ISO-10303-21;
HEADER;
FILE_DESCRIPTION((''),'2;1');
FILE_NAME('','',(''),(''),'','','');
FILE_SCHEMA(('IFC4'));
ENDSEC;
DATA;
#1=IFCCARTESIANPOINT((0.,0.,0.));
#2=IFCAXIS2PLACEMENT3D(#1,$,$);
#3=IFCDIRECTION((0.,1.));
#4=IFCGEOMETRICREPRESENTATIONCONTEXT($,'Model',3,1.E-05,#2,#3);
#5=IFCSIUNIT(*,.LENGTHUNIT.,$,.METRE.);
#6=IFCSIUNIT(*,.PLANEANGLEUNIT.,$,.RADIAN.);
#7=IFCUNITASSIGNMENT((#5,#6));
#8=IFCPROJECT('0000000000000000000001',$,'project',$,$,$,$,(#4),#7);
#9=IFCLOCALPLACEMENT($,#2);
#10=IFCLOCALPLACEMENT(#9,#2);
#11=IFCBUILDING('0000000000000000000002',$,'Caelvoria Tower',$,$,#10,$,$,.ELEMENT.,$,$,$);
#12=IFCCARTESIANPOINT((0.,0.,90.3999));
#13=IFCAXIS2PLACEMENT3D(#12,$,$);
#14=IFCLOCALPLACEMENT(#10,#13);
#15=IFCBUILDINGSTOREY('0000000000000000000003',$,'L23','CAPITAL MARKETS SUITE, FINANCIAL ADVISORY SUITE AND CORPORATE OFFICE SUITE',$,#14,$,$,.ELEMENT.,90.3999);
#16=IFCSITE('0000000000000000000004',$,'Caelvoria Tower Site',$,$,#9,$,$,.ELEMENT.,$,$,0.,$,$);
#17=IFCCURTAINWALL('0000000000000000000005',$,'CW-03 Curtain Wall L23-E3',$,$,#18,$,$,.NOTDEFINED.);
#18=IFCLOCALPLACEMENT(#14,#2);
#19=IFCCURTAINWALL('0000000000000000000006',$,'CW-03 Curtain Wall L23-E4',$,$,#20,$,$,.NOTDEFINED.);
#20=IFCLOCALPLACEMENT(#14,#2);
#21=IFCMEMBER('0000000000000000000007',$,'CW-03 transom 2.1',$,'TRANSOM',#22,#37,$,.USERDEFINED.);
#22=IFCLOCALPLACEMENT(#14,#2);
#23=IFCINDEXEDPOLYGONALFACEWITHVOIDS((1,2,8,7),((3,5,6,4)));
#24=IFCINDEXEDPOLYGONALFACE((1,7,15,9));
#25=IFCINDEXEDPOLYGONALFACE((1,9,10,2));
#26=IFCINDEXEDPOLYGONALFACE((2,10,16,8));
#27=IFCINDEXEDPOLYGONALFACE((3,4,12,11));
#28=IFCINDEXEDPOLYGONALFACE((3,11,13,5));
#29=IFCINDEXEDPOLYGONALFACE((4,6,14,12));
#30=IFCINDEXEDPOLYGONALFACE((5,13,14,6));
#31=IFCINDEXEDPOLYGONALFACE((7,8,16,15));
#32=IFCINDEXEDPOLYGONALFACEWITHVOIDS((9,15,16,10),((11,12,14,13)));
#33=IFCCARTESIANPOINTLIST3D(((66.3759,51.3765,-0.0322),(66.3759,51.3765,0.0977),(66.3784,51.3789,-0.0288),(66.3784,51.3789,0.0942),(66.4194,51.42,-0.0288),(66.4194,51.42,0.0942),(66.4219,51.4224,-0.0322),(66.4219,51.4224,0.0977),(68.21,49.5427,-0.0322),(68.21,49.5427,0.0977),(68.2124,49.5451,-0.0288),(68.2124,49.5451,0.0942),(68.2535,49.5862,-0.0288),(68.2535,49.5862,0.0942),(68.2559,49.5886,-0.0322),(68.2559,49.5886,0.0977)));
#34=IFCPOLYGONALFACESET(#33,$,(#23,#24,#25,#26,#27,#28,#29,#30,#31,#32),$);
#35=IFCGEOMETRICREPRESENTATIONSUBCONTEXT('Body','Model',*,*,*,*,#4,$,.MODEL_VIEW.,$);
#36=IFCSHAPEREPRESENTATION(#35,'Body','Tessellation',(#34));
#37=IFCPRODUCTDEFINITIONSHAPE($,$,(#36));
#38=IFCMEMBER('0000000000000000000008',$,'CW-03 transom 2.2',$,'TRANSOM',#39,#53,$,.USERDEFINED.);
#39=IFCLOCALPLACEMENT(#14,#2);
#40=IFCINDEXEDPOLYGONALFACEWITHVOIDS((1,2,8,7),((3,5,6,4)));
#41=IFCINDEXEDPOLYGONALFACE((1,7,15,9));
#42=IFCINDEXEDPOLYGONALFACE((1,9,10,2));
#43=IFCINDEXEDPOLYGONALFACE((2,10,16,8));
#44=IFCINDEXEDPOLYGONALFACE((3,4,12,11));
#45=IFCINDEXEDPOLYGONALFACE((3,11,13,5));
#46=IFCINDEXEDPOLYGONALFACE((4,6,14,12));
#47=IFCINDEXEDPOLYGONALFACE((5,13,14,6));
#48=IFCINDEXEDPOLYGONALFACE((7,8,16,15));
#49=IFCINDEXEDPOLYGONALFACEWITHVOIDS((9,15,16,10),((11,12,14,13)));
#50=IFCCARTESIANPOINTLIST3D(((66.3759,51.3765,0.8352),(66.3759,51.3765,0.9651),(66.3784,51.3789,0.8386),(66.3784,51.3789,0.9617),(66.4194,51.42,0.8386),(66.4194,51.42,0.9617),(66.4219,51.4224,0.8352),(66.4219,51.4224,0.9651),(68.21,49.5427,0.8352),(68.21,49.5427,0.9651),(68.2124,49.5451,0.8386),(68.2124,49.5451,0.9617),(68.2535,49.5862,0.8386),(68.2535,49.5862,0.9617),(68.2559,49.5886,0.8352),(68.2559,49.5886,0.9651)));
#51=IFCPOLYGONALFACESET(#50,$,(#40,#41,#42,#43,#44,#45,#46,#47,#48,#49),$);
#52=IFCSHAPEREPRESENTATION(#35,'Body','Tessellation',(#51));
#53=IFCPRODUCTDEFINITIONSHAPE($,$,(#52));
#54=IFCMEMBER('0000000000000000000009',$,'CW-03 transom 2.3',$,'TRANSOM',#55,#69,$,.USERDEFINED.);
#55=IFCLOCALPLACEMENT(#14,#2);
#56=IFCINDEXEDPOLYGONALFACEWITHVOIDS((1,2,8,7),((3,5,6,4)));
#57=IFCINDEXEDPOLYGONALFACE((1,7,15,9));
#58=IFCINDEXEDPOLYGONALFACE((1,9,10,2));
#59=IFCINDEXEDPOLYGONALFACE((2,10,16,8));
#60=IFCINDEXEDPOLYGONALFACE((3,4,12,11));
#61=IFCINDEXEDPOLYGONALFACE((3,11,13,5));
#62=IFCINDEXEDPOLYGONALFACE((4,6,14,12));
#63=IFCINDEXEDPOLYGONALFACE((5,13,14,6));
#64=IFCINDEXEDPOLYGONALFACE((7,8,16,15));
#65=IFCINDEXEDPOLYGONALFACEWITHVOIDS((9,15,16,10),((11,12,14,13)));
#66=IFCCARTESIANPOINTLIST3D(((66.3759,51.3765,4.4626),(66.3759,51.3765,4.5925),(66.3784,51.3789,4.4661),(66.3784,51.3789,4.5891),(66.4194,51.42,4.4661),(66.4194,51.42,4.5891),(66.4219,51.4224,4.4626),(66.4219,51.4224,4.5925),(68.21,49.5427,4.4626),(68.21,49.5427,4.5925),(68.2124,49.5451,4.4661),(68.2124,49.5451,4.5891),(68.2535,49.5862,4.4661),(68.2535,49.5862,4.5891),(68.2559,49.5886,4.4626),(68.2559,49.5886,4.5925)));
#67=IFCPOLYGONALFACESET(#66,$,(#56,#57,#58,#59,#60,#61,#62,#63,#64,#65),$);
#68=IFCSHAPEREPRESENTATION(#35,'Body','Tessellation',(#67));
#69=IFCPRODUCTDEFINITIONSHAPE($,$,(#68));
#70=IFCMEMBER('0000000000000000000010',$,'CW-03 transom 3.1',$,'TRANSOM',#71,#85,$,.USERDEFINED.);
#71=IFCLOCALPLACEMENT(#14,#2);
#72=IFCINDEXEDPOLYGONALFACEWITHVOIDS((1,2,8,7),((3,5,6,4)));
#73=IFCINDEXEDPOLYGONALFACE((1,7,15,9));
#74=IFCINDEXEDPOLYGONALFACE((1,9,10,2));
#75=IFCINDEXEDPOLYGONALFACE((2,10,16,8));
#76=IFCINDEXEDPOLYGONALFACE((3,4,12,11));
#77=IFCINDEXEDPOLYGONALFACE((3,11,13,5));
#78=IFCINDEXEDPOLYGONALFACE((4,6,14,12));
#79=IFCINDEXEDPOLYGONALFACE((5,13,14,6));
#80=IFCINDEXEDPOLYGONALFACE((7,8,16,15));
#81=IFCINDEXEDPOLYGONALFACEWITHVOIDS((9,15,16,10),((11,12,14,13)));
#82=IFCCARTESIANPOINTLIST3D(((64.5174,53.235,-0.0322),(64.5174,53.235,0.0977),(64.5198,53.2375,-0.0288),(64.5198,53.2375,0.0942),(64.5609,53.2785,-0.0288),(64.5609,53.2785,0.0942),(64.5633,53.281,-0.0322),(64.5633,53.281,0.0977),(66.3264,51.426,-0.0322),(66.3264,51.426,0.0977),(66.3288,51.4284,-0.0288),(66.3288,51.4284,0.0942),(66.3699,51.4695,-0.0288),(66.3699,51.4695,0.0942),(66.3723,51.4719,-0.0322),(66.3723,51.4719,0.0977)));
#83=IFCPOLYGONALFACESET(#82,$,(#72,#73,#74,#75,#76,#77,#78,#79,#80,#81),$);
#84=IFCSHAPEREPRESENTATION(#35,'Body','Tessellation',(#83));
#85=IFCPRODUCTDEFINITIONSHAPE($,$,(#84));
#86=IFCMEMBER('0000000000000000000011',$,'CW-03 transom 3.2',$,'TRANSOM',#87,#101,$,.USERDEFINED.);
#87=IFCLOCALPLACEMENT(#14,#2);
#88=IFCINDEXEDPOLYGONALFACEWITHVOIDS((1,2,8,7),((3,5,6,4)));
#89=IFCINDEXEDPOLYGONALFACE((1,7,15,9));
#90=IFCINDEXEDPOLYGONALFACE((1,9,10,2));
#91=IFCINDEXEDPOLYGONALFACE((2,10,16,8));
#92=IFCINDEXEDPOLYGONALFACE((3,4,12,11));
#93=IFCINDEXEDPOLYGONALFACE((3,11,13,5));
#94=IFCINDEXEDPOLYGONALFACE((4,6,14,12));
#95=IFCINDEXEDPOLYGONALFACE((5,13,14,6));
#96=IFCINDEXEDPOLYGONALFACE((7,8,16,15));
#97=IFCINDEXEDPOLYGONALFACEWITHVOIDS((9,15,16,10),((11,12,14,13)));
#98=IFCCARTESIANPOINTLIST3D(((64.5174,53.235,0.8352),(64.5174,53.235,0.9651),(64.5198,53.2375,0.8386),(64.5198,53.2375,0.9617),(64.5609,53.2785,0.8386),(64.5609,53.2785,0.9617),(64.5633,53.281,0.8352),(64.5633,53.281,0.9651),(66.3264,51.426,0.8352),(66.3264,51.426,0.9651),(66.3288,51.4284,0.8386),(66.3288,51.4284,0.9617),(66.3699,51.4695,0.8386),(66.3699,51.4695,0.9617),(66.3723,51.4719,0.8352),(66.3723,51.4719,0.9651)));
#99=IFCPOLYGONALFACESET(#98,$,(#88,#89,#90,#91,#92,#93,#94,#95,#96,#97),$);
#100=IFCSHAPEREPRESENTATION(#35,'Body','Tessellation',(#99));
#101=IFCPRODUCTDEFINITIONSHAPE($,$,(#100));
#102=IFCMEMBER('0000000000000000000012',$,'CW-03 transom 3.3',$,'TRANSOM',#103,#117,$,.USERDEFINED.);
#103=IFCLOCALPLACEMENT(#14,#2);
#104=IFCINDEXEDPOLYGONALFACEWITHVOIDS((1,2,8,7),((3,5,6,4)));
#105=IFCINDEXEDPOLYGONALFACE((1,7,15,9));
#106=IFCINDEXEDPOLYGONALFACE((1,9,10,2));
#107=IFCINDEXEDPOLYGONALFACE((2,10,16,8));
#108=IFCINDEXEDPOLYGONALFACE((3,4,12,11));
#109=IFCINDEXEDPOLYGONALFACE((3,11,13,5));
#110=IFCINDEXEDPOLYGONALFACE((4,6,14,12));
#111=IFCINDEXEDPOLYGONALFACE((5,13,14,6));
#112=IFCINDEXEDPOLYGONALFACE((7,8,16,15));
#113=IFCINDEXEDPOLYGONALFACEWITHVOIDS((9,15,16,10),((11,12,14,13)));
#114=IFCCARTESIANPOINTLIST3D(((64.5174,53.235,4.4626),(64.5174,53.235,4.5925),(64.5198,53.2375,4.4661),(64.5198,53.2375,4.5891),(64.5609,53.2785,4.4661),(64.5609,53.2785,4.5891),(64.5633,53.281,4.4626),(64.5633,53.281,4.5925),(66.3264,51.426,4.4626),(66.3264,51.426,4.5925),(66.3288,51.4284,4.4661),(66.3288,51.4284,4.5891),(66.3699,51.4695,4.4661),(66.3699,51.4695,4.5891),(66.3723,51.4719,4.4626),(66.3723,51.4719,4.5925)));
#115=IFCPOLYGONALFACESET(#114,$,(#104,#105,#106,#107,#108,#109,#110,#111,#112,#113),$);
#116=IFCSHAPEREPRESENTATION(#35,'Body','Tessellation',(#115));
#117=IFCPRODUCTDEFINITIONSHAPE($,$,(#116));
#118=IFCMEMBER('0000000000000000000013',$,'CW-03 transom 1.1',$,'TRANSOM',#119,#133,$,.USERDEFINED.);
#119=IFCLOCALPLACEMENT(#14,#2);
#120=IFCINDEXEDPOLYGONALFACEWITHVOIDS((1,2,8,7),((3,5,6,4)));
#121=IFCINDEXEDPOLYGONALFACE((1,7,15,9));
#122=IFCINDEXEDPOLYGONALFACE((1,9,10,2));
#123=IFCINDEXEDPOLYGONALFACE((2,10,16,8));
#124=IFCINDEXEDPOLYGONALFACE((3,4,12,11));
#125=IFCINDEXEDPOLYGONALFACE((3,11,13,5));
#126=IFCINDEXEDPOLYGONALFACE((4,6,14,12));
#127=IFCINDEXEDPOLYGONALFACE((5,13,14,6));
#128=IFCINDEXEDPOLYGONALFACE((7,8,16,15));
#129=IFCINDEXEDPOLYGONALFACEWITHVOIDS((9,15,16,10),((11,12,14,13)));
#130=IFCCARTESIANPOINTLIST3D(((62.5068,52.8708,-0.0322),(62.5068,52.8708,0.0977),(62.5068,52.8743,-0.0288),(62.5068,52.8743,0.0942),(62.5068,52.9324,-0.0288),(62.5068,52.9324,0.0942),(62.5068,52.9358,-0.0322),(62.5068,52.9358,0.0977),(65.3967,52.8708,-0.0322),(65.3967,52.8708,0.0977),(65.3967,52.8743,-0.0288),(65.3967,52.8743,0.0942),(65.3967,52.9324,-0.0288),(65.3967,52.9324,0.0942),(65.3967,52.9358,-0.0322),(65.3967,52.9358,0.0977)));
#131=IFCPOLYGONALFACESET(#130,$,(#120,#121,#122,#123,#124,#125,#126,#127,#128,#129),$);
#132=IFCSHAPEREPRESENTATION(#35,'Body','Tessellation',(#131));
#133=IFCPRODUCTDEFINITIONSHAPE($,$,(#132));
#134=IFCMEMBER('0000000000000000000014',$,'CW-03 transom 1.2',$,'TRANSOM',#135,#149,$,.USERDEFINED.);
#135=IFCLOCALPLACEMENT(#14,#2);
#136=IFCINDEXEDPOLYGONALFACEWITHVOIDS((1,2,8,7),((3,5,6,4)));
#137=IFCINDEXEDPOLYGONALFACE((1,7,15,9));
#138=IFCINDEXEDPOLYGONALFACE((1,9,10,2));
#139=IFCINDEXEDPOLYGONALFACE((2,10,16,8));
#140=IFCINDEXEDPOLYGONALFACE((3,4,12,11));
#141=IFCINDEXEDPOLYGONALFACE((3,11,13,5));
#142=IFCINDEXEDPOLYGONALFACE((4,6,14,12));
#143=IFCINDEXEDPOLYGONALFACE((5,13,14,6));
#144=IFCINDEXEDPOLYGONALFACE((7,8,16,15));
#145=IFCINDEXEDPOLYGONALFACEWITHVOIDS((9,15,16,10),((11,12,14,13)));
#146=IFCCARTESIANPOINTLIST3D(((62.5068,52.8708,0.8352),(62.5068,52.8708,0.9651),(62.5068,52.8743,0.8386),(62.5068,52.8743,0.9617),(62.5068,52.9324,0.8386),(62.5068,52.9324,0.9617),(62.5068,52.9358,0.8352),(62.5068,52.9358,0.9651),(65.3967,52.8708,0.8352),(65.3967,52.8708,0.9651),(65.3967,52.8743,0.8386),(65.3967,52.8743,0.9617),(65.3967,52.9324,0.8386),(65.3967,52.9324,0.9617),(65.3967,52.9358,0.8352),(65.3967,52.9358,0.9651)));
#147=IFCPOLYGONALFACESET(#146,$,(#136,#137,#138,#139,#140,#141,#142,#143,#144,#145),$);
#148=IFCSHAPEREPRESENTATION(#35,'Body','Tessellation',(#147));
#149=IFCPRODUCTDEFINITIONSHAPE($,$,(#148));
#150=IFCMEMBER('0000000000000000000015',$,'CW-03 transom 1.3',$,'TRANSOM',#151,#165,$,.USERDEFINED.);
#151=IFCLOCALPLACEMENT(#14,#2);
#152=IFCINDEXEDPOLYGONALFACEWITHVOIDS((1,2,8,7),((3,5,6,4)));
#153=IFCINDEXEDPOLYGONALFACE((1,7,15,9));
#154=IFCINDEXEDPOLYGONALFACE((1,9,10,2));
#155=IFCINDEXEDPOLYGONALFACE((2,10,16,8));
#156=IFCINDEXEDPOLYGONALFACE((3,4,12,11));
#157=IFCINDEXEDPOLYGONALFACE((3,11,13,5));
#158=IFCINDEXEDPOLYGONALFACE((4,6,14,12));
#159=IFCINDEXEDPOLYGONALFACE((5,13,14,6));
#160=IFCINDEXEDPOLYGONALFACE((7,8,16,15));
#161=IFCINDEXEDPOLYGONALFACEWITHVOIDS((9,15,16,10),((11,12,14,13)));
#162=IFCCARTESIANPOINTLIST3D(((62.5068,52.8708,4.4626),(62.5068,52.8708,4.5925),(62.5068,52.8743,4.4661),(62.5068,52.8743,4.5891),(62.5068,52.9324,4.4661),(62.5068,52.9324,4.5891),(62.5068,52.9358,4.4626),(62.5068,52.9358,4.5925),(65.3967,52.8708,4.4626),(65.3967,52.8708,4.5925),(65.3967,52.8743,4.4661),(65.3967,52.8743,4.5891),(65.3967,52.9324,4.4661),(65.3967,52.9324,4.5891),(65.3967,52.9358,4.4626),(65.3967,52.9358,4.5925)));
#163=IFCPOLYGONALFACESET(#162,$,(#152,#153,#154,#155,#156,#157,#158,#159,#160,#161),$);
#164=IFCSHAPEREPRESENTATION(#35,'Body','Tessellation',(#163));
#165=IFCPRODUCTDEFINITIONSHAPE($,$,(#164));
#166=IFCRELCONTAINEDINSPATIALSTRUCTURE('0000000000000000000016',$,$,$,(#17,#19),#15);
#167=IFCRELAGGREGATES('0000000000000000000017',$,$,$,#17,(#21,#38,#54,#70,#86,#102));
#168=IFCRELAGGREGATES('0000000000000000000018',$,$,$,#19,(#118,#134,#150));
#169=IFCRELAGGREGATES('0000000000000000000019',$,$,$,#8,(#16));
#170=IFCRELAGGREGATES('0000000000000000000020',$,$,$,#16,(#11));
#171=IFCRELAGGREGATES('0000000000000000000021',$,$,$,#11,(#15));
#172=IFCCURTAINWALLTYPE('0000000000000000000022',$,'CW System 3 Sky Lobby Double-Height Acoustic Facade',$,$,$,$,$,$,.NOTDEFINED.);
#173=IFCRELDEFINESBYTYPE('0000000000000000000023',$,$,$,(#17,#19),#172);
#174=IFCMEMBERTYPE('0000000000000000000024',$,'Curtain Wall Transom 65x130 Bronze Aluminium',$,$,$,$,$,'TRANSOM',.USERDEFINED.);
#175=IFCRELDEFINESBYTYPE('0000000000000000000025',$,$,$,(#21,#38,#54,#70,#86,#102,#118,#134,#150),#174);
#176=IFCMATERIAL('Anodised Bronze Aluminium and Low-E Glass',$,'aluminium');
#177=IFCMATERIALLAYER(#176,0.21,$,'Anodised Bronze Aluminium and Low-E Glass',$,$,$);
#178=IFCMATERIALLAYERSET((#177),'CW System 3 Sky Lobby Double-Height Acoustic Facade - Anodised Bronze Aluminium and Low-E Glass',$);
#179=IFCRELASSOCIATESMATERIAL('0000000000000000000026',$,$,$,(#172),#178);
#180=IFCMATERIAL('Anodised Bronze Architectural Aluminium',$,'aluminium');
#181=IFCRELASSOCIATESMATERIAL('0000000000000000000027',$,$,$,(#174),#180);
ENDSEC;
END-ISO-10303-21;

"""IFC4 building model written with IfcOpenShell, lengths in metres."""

from ifc_helpers import new_model, si_unit, direction, frame, origin, origin_2d, place, context, subcontext, project, spatial, hollow_rectangle, extrude, material, layer, layer_set, material_profile, profile_set, type_object, element, aggregate, save


model = new_model("IFC4")

# Units and contexts
model_context = context("Model", 3, precision=1e-05, world=origin(), true_north=direction((0.0, 1.0)))
body_context = subcontext(model_context, "Body", "Model", "MODEL_VIEW")
ifc_project = project(units=[si_unit("LENGTHUNIT", "METRE"), si_unit("PLANEANGLEUNIT", "RADIAN")], contexts=[model_context])

# Site, building, storey
site_placement = place(None, origin())
site = spatial("IfcSite", under=ifc_project, at=site_placement, Name="Caelvoria Tower Site", CompositionType="ELEMENT", RefElevation=0.0)
building_placement = place(site_placement, origin())
building = spatial("IfcBuilding", under=site, at=building_placement, Name="Caelvoria Tower", CompositionType="ELEMENT")
storey_placement = place(building_placement, frame((0.0, 0.0, 90.3999)))
storey = spatial("IfcBuildingStorey", under=building, at=storey_placement, Name="L23", Description="CAPITAL MARKETS SUITE, FINANCIAL ADVISORY SUITE AND CORPORATE OFFICE SUITE", CompositionType="ELEMENT", Elevation=90.3999)

# Shared definitions
ifc_material_1 = material(Name="Anodised Bronze Aluminium and Low-E Glass", Category="aluminium")
ifc_layer_1 = layer(ifc_material_1, 0.21, Name="Anodised Bronze Aluminium and Low-E Glass")
ifc_layer_set_1 = layer_set([ifc_layer_1], Name="CW System 3 Sky Lobby Double-Height Acoustic Facade - Anodised Bronze Aluminium and Low-E Glass")
curtain_wall_type = type_object("IfcCurtainWallType", Name="CW System 3 Sky Lobby Double-Height Acoustic Facade", PredefinedType="NOTDEFINED", material=ifc_layer_set_1)
ifc_material_2 = material(Name="Anodised Bronze Architectural Aluminium", Category="aluminium")

# Curtain wall
curtain_wall_1_placement = place(storey_placement, origin())
curtain_wall_1 = element("IfcCurtainWall", 1, at=curtain_wall_1_placement, inside=storey, type_object=curtain_wall_type, Name="CW-03 Curtain Wall L23-E3", PredefinedType="NOTDEFINED")

# Curtain wall
curtain_wall_2_placement = place(storey_placement, origin())
curtain_wall_2 = element("IfcCurtainWall", 2, at=curtain_wall_2_placement, inside=storey, type_object=curtain_wall_type, Name="CW-03 Curtain Wall L23-E4", PredefinedType="NOTDEFINED")

# Members
ifc_material_profile_1 = material_profile(ifc_material_2, hollow_rectangle(XDim=0.0649, YDim=0.1299, WallThickness=0.0034, at=origin_2d()), Name="Anodised Bronze Architectural Aluminium")
ifc_profile_set_1 = profile_set([ifc_material_profile_1], Name="CW_TRAN_65X130 - Anodised Bronze Architectural Aluminium")
member_type_1 = type_object("IfcMemberType", Name="Curtain Wall Transom 65x130 Bronze Aluminium", ElementType="TRANSOM", PredefinedType="USERDEFINED", material=ifc_profile_set_1)
member_1_placement = place(storey_placement, frame((68.2329, 49.5657, 0.0327), z_axis=(-0.707154, 0.70706, 0.0), x_axis=(-0.70706, -0.707154, 0.0)))
member_1 = element("IfcMember", 3, at=member_1_placement, type_object=member_type_1, Name="CW-03 transom 2.1", ObjectType="TRANSOM", PredefinedType="USERDEFINED", context=body_context, shape_type="SweptSolid", body=[
    extrude(hollow_rectangle(XDim=0.0649, YDim=0.1299, WallThickness=0.0034, at=origin_2d()), origin(), (0.0, 0.0, 1.0), 2.5935),
])
member_2_placement = place(storey_placement, frame((68.2329, 49.5657, 0.9001), z_axis=(-0.707154, 0.70706, 0.0), x_axis=(-0.70706, -0.707154, 0.0)))
member_2 = element("IfcMember", 4, at=member_2_placement, type_object=member_type_1, Name="CW-03 transom 2.2", ObjectType="TRANSOM", PredefinedType="USERDEFINED", context=body_context, shape_type="SweptSolid", body=[
    extrude(hollow_rectangle(XDim=0.0649, YDim=0.1299, WallThickness=0.0034, at=origin_2d()), origin(), (0.0, 0.0, 1.0), 2.5935),
])
member_3_placement = place(storey_placement, frame((68.2329, 49.5657, 4.5276), z_axis=(-0.707154, 0.70706, 0.0), x_axis=(-0.70706, -0.707154, 0.0)))
member_3 = element("IfcMember", 5, at=member_3_placement, type_object=member_type_1, Name="CW-03 transom 2.3", ObjectType="TRANSOM", PredefinedType="USERDEFINED", context=body_context, shape_type="SweptSolid", body=[
    extrude(hollow_rectangle(XDim=0.0649, YDim=0.1299, WallThickness=0.0034, at=origin_2d()), origin(), (0.0, 0.0, 1.0), 2.5935),
])
member_4_placement = place(storey_placement, frame((66.3494, 51.449, 0.0327), z_axis=(-0.707107, 0.707107, 0.0), x_axis=(-0.707107, -0.707107, 0.0)))
member_4 = element("IfcMember", 6, at=member_4_placement, type_object=member_type_1, Name="CW-03 transom 3.1", ObjectType="TRANSOM", PredefinedType="USERDEFINED", context=body_context, shape_type="SweptSolid", body=[
    extrude(hollow_rectangle(XDim=0.0649, YDim=0.1299, WallThickness=0.0034, at=origin_2d()), origin(), (0.0, 0.0, 1.0), 2.5583),
])
member_5_placement = place(storey_placement, frame((66.3494, 51.449, 0.9001), z_axis=(-0.707107, 0.707107, 0.0), x_axis=(-0.707107, -0.707107, 0.0)))
member_5 = element("IfcMember", 7, at=member_5_placement, type_object=member_type_1, Name="CW-03 transom 3.2", ObjectType="TRANSOM", PredefinedType="USERDEFINED", context=body_context, shape_type="SweptSolid", body=[
    extrude(hollow_rectangle(XDim=0.0649, YDim=0.1299, WallThickness=0.0034, at=origin_2d()), origin(), (0.0, 0.0, 1.0), 2.5583),
])
member_6_placement = place(storey_placement, frame((66.3494, 51.449, 4.5276), z_axis=(-0.707107, 0.707107, 0.0), x_axis=(-0.707107, -0.707107, 0.0)))
member_6 = element("IfcMember", 8, at=member_6_placement, type_object=member_type_1, Name="CW-03 transom 3.3", ObjectType="TRANSOM", PredefinedType="USERDEFINED", context=body_context, shape_type="SweptSolid", body=[
    extrude(hollow_rectangle(XDim=0.0649, YDim=0.1299, WallThickness=0.0034, at=origin_2d()), origin(), (0.0, 0.0, 1.0), 2.5583),
])
member_7_placement = place(storey_placement, frame((65.3967, 52.9033, 0.0327), z_axis=(-1.0, 0.0, 0.0), x_axis=(0.0, -1.0, 0.0)))
member_7 = element("IfcMember", 9, at=member_7_placement, type_object=member_type_1, Name="CW-03 transom 1.1", ObjectType="TRANSOM", PredefinedType="USERDEFINED", context=body_context, shape_type="SweptSolid", body=[
    extrude(hollow_rectangle(XDim=0.0649, YDim=0.1299, WallThickness=0.0034, at=origin_2d()), origin(), (0.0, 0.0, 1.0), 2.8899),
])
member_8_placement = place(storey_placement, frame((65.3967, 52.9033, 0.9001), z_axis=(-1.0, 0.0, 0.0), x_axis=(0.0, -1.0, 0.0)))
member_8 = element("IfcMember", 10, at=member_8_placement, type_object=member_type_1, Name="CW-03 transom 1.2", ObjectType="TRANSOM", PredefinedType="USERDEFINED", context=body_context, shape_type="SweptSolid", body=[
    extrude(hollow_rectangle(XDim=0.0649, YDim=0.1299, WallThickness=0.0034, at=origin_2d()), origin(), (0.0, 0.0, 1.0), 2.8899),
])
member_9_placement = place(storey_placement, frame((65.3967, 52.9033, 4.5276), z_axis=(-1.0, 0.0, 0.0), x_axis=(0.0, -1.0, 0.0)))
member_9 = element("IfcMember", 11, at=member_9_placement, type_object=member_type_1, Name="CW-03 transom 1.3", ObjectType="TRANSOM", PredefinedType="USERDEFINED", context=body_context, shape_type="SweptSolid", body=[
    extrude(hollow_rectangle(XDim=0.0649, YDim=0.1299, WallThickness=0.0034, at=origin_2d()), origin(), (0.0, 0.0, 1.0), 2.8899),
])

aggregate(curtain_wall_1, [member_1, member_2, member_3, member_4, member_5, member_6])
aggregate(curtain_wall_2, [member_7, member_8, member_9])

save(model, "model.ifc")
